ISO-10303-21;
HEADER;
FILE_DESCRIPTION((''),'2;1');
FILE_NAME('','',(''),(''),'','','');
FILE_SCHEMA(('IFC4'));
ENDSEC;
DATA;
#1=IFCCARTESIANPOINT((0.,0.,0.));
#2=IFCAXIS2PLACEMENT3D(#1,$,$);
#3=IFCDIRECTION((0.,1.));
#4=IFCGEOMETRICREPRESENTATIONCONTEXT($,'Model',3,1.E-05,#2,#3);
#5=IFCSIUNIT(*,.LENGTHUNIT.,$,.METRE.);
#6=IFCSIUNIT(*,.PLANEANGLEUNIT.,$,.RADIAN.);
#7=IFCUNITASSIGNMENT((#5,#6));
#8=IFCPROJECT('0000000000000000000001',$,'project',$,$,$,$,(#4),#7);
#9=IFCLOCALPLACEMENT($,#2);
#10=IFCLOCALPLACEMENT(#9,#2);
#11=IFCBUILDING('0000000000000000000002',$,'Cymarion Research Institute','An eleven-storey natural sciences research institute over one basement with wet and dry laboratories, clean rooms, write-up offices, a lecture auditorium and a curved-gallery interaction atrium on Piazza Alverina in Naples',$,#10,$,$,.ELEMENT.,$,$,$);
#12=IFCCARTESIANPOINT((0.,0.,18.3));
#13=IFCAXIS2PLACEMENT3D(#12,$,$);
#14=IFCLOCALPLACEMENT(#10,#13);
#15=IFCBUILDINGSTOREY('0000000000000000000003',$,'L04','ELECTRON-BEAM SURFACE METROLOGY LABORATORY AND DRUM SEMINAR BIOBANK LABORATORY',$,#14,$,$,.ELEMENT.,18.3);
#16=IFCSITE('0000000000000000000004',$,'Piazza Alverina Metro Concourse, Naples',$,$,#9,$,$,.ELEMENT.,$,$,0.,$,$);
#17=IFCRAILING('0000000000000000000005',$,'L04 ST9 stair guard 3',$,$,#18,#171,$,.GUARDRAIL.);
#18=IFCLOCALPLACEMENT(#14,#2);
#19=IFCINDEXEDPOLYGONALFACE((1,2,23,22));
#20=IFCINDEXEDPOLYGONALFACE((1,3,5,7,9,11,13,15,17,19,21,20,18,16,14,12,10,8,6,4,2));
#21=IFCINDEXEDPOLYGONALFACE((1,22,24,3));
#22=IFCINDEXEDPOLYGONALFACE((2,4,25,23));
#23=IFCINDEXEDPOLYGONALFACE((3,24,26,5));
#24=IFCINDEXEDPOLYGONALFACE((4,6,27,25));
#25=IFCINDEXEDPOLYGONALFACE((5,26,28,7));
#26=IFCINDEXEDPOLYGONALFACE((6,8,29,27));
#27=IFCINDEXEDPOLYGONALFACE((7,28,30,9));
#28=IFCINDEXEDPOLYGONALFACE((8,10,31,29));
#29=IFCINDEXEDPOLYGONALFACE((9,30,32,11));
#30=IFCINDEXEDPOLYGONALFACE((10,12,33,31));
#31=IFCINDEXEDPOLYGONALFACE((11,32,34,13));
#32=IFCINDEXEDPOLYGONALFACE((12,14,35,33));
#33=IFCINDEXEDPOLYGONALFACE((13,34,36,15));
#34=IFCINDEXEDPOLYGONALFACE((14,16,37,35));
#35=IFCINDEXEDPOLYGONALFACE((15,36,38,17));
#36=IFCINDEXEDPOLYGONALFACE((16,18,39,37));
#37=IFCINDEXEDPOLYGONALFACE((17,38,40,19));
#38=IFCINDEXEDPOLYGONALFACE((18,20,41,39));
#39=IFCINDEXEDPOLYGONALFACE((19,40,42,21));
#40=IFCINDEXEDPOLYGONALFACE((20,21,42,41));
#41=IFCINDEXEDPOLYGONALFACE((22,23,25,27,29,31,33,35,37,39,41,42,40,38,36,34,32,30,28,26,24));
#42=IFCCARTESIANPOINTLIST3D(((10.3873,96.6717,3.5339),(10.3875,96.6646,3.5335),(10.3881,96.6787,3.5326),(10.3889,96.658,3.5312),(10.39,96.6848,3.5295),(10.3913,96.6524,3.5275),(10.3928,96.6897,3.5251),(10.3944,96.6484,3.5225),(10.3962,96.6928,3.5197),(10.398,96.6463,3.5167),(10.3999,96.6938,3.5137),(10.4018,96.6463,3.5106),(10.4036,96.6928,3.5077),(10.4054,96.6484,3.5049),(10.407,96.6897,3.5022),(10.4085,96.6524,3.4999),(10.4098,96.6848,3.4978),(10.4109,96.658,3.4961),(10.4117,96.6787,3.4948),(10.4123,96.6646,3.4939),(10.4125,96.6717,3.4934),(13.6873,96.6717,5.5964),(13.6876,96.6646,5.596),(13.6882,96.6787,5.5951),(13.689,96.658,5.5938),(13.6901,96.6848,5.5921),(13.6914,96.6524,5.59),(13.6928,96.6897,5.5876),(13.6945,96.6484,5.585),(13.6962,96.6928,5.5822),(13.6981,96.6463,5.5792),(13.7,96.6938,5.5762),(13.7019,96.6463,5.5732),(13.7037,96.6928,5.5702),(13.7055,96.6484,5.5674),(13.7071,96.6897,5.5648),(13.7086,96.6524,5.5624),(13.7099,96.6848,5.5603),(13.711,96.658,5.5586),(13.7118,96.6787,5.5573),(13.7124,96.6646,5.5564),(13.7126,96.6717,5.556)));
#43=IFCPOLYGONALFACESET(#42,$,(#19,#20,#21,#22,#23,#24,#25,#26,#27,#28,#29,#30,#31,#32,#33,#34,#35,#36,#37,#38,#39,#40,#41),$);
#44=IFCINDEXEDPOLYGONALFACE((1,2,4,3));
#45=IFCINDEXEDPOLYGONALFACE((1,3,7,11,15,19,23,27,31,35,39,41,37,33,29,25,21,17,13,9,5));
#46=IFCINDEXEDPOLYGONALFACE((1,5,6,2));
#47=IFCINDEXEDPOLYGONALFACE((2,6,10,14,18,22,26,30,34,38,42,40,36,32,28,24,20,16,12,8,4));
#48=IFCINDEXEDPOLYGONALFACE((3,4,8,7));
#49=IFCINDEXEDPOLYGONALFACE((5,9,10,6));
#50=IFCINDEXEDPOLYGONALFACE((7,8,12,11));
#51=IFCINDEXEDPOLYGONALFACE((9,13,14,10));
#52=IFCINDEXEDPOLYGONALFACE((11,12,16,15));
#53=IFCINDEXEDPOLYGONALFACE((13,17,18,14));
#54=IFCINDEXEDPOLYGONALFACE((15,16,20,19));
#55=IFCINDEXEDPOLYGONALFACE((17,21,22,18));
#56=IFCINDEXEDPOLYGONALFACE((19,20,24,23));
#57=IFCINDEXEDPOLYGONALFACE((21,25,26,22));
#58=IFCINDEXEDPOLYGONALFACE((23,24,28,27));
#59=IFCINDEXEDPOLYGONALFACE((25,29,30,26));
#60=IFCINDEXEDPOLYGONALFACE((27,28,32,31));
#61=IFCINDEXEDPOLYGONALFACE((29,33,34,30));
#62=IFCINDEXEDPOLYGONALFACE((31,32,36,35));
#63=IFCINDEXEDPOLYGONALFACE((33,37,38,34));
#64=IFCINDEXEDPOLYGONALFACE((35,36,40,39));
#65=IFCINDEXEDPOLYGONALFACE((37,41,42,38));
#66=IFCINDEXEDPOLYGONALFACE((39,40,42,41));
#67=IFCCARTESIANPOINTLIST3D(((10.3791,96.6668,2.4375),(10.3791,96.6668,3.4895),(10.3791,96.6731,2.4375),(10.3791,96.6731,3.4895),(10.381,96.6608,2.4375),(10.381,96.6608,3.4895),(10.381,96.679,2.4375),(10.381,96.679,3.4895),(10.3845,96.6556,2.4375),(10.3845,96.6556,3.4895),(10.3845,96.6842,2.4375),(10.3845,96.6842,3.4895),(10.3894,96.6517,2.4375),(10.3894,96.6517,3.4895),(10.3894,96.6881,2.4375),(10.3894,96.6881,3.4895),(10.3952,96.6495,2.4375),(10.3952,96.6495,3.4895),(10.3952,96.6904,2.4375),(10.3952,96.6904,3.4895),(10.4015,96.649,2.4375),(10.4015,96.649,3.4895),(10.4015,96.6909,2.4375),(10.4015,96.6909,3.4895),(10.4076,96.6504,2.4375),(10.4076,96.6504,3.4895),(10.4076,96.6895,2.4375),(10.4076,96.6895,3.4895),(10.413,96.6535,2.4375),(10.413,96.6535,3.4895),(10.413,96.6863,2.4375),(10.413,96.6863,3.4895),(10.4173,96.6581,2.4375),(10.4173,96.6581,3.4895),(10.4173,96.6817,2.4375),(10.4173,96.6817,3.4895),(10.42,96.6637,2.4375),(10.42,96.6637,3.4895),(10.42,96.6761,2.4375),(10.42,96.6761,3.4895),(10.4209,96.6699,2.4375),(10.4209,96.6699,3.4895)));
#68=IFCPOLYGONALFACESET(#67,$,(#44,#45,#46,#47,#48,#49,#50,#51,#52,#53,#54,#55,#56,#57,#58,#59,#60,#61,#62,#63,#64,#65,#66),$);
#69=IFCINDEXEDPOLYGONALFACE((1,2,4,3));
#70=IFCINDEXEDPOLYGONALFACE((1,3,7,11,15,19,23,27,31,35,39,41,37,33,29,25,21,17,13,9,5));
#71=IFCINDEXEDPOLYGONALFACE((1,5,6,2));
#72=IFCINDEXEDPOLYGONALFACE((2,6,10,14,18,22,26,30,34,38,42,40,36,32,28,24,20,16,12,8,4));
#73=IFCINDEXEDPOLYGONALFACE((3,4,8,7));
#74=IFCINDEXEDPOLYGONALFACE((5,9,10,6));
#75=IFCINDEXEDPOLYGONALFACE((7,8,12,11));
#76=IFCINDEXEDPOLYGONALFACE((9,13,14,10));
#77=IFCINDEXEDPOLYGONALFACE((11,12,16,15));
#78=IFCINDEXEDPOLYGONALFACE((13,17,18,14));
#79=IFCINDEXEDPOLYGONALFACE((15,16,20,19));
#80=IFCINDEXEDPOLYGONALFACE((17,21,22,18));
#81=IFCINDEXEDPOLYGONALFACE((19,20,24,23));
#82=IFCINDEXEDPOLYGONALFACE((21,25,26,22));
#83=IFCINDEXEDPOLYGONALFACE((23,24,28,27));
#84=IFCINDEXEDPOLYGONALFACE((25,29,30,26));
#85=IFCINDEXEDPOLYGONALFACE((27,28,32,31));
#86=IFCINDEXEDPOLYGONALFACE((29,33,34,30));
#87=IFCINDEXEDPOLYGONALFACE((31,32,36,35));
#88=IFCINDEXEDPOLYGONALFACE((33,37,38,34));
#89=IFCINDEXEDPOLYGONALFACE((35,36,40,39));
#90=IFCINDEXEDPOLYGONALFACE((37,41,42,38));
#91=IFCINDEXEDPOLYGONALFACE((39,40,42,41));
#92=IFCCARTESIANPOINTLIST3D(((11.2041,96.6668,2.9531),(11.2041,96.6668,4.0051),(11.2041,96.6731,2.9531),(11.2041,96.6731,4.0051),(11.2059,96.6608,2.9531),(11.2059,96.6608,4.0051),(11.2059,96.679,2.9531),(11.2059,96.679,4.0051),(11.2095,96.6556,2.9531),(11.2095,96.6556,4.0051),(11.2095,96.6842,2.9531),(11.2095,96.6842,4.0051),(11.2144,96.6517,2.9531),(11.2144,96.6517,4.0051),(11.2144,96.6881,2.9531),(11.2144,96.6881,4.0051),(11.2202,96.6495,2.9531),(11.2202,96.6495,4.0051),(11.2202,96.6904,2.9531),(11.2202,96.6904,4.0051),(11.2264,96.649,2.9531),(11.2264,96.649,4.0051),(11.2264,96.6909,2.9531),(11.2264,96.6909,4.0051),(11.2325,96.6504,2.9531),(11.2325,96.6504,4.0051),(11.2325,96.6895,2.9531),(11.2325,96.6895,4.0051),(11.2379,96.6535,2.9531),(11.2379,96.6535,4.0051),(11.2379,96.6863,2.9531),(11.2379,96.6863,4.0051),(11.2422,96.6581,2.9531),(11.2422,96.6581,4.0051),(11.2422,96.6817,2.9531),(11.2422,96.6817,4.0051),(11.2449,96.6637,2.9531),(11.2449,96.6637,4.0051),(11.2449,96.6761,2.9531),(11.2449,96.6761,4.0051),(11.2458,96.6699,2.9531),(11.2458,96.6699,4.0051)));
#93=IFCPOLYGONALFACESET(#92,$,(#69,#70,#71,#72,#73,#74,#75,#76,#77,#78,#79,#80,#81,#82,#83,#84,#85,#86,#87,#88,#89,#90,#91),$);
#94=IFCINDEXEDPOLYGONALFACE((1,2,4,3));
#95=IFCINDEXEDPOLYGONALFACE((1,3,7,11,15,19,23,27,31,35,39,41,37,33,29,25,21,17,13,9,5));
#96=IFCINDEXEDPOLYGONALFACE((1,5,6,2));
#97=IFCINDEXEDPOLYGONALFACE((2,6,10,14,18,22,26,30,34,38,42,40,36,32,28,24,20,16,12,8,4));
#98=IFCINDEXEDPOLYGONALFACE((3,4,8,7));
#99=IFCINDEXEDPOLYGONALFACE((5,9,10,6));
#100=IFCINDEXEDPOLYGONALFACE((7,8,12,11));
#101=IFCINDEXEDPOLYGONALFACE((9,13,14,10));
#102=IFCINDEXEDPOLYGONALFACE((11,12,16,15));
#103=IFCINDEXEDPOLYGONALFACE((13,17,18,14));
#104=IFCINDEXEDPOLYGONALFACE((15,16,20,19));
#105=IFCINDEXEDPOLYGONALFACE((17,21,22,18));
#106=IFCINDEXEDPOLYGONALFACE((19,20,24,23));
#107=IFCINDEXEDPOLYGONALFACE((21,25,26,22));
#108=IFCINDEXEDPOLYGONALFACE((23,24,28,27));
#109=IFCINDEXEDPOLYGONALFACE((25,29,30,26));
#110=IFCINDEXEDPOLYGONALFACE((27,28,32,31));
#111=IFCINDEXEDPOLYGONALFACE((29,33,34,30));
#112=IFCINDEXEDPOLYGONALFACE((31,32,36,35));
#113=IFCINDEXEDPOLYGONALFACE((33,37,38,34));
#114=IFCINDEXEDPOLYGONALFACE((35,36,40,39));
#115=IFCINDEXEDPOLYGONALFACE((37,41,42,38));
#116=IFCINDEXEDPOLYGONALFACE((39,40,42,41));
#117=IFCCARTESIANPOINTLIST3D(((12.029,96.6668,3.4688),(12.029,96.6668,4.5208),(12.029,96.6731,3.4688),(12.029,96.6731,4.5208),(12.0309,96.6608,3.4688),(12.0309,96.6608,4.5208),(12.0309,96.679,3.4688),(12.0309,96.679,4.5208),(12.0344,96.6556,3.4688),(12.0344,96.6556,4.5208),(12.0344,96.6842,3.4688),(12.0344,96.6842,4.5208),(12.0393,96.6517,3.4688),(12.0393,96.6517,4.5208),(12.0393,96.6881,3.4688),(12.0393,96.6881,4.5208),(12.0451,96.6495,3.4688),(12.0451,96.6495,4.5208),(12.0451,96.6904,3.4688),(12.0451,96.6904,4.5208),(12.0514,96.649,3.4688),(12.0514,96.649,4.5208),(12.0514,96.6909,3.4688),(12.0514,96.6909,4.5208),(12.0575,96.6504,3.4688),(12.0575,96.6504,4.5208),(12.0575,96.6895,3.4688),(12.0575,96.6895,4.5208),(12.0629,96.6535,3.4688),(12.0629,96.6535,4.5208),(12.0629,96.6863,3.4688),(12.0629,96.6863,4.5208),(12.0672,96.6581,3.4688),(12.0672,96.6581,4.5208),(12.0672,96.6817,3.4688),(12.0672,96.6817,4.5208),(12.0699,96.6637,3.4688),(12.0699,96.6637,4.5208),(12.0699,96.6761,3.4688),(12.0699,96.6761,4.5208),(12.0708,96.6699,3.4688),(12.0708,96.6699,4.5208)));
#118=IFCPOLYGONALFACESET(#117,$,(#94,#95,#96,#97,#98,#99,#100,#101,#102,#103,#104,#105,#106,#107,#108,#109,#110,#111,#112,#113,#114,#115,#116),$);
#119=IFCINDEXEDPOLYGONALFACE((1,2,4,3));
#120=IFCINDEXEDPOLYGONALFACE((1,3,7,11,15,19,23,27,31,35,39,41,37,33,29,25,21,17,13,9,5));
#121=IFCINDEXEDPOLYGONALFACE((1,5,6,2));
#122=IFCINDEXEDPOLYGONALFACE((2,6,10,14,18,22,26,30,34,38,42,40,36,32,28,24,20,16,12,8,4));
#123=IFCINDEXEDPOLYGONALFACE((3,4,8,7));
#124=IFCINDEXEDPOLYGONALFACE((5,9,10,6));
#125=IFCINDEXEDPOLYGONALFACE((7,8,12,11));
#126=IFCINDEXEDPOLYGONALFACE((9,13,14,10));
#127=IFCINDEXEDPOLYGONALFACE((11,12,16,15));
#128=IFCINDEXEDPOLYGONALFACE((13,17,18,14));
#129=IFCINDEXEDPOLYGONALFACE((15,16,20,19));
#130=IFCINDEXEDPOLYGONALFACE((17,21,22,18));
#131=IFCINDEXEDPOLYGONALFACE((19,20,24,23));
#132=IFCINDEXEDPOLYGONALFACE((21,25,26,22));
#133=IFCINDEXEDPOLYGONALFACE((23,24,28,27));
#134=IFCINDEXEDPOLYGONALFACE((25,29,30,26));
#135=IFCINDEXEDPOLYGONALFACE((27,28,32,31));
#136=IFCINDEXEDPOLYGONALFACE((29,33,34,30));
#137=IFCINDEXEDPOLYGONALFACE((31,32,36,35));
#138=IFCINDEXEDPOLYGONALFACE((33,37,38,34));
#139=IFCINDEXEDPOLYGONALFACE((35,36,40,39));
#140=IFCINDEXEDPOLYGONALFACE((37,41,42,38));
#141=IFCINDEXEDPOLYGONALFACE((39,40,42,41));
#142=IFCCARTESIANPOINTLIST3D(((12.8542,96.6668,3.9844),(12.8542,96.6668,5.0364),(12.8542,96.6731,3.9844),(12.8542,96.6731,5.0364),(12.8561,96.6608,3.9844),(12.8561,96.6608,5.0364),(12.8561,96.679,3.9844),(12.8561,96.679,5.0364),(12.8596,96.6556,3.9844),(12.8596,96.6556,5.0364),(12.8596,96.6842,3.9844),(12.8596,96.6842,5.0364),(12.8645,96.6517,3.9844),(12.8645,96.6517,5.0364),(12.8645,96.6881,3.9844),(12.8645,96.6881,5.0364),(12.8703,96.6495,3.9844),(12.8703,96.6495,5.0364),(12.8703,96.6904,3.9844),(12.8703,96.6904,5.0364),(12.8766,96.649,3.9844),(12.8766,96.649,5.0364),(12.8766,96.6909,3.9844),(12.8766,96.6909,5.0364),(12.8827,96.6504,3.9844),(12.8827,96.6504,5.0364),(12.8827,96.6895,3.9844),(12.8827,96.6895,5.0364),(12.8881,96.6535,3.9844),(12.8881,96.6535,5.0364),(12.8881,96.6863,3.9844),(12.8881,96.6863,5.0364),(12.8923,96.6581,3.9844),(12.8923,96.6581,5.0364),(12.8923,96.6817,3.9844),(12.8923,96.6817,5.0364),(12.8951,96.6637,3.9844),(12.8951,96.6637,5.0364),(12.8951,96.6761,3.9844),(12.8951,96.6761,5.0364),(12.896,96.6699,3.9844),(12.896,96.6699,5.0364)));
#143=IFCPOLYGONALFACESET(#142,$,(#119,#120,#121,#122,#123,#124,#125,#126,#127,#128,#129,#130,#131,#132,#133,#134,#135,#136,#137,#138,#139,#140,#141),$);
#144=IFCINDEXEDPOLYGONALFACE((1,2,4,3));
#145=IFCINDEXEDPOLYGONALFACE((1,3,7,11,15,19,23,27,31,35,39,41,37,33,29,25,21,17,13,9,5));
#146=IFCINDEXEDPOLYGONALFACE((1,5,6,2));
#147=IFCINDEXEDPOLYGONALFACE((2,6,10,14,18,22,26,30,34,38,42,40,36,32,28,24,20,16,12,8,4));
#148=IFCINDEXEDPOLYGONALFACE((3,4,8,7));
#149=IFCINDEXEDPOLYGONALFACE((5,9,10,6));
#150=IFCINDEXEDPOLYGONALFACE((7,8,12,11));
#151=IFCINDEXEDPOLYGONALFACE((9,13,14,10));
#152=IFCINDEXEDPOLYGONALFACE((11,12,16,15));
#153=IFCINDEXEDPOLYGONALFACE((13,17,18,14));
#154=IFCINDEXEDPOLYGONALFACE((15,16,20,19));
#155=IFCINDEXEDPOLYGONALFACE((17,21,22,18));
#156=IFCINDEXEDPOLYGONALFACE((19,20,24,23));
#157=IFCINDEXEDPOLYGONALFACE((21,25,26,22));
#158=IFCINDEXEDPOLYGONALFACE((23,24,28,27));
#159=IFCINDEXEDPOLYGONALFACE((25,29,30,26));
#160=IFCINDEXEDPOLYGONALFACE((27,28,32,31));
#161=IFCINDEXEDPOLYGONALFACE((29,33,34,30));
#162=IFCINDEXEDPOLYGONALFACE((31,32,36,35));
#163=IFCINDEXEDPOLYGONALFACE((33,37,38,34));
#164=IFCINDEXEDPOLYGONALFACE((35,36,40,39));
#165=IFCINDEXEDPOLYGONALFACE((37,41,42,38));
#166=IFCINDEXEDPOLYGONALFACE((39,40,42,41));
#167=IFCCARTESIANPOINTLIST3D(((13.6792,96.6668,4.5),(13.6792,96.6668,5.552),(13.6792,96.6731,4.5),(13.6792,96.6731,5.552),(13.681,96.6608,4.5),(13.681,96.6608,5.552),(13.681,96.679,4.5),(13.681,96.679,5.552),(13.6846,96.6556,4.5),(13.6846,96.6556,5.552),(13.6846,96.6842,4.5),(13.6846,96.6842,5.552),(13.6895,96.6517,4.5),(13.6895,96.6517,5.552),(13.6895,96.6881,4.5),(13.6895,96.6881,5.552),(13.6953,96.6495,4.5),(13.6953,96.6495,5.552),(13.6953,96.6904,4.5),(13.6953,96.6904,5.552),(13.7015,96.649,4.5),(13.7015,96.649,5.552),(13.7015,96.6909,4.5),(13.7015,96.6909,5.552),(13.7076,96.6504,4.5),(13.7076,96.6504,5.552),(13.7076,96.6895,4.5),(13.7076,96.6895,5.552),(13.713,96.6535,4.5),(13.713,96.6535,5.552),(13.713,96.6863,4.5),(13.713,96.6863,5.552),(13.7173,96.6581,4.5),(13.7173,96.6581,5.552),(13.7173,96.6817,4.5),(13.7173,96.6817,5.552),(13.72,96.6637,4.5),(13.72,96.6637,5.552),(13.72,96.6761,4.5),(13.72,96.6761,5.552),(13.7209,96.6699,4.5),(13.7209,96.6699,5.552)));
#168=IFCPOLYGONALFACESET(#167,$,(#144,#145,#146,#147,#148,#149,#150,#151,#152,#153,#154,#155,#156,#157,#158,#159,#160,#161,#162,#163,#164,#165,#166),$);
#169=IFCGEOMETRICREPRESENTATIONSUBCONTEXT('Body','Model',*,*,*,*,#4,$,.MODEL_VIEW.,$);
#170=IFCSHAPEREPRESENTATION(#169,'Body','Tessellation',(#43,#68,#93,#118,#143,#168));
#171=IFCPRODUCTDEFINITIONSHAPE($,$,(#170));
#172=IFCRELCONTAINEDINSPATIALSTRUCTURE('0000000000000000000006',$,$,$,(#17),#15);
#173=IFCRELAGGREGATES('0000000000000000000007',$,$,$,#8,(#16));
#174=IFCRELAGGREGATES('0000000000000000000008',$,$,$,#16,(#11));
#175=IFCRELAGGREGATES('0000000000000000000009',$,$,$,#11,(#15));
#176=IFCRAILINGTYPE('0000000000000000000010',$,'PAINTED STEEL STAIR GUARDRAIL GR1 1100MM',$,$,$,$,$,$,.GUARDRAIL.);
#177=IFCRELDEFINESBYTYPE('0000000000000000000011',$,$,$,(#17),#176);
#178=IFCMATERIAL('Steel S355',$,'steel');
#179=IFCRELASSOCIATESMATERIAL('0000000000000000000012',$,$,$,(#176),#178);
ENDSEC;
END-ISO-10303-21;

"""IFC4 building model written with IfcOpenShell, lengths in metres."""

from ifc_helpers import new_model, si_unit, direction, frame, origin, origin_2d, place, context, subcontext, project, spatial, circle, extrude, material, type_object, element, save


model = new_model("IFC4")

# Units and contexts
model_context = context("Model", 3, precision=1e-05, world=origin(), true_north=direction((0.0, 1.0)))
body_context = subcontext(model_context, "Body", "Model", "MODEL_VIEW")
ifc_project = project(units=[si_unit("LENGTHUNIT", "METRE"), si_unit("PLANEANGLEUNIT", "RADIAN")], contexts=[model_context])

# Site, building, storey
site_placement = place(None, origin())
site = spatial("IfcSite", under=ifc_project, at=site_placement, Name="Piazza Alverina Metro Concourse, Naples", CompositionType="ELEMENT", RefElevation=0.0)
building_placement = place(site_placement, origin())
building = spatial("IfcBuilding", under=site, at=building_placement, Name="Cymarion Research Institute", Description="An eleven-storey natural sciences research institute over one basement with wet and dry laboratories, clean rooms, write-up offices, a lecture auditorium and a curved-gallery interaction atrium on Piazza Alverina in Naples", CompositionType="ELEMENT")
storey_placement = place(building_placement, frame((0.0, 0.0, 18.3)))
storey = spatial("IfcBuildingStorey", under=building, at=storey_placement, Name="L04", Description="ELECTRON-BEAM SURFACE METROLOGY LABORATORY AND DRUM SEMINAR BIOBANK LABORATORY", CompositionType="ELEMENT", Elevation=18.3)

# Railing
ifc_material_1 = material(Name="Steel S355", Category="steel")
railing_type_1 = type_object("IfcRailingType", Name="PAINTED STEEL STAIR GUARDRAIL GR1 1100MM", PredefinedType="GUARDRAIL", material=ifc_material_1)
railing_1_placement = place(storey_placement, frame((10.3999, 96.6699, 2.4375)))
element("IfcRailing", 1, at=railing_1_placement, inside=storey, type_object=railing_type_1, Name="L04 ST9 stair guard 3", PredefinedType="GUARDRAIL", context=body_context, shape_type="SweptSolid", body=[
    extrude(circle(Radius=0.0239, at=origin_2d()), frame((0.0, 0.0, 1.0762), z_axis=(0.848002, 0.0, 0.529993), x_axis=(0.0, 1.0, 0.0)), (0.0, 0.0, 1.0), 3.8916),
    extrude(circle(Radius=0.021, at=origin_2d()), origin(), (0.0, 0.0, 1.0), 1.052),
    extrude(circle(Radius=0.021, at=origin_2d()), frame((0.825, 0.0, 0.5156)), (0.0, 0.0, 1.0), 1.052),
    extrude(circle(Radius=0.021, at=origin_2d()), frame((1.6499, 0.0, 1.0312)), (0.0, 0.0, 1.0), 1.052),
    extrude(circle(Radius=0.021, at=origin_2d()), frame((2.4751, 0.0, 1.5469)), (0.0, 0.0, 1.0), 1.052),
    extrude(circle(Radius=0.021, at=origin_2d()), frame((3.3, 0.0, 2.0625)), (0.0, 0.0, 1.0), 1.052),
])

save(model, "model.ifc")
